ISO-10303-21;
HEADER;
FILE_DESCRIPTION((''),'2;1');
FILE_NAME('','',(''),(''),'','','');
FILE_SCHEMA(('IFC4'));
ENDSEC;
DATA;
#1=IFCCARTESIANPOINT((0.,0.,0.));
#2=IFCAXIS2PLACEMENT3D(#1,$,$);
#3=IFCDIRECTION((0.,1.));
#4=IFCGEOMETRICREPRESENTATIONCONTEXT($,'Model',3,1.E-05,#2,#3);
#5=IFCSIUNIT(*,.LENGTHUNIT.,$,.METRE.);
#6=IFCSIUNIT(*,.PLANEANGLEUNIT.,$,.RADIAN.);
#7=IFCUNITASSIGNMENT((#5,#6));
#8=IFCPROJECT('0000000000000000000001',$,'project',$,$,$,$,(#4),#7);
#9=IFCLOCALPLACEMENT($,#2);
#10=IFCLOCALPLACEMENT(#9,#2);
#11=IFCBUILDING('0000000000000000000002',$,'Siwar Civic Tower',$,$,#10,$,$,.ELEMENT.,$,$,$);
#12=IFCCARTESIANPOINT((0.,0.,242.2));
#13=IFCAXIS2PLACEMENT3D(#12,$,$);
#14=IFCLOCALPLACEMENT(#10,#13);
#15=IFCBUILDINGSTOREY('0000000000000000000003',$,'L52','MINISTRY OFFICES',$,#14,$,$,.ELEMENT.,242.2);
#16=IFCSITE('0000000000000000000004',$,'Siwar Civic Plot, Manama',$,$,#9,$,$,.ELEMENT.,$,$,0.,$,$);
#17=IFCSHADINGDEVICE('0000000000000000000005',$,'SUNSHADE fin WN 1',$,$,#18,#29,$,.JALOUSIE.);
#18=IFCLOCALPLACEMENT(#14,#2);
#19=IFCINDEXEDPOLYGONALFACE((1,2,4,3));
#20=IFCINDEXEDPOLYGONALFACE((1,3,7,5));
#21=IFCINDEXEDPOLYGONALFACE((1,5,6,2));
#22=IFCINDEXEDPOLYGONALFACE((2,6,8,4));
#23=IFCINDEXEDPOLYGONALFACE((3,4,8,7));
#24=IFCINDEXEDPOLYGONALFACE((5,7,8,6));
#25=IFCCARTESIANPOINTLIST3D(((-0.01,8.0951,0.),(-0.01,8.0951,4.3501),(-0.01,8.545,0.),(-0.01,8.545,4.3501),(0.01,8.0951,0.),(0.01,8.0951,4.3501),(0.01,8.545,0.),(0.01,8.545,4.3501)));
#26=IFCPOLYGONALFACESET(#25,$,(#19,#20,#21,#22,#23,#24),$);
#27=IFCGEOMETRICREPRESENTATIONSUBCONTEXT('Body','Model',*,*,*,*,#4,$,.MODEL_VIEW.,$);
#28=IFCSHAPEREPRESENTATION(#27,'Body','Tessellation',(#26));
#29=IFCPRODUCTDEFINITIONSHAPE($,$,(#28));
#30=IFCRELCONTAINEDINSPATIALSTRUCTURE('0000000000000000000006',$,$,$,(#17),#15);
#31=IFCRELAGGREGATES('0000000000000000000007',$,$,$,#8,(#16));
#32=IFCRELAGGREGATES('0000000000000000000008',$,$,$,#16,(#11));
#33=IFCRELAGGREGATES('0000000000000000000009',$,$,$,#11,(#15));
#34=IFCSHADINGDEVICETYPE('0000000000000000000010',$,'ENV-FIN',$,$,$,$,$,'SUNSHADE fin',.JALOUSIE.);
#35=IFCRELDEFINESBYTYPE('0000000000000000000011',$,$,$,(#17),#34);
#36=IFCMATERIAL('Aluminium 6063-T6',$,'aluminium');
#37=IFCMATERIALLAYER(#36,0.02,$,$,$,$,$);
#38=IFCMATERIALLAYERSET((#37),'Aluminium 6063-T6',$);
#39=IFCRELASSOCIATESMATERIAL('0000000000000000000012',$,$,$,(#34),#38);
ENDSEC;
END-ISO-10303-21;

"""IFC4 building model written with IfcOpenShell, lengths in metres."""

from ifc_helpers import new_model, si_unit, direction, frame, origin, origin_2d, place, context, subcontext, project, spatial, rectangle, extrude, material, layer, layer_set, type_object, element, save


model = new_model("IFC4")

# Units and contexts
model_context = context("Model", 3, precision=1e-05, world=origin(), true_north=direction((0.0, 1.0)))
body_context = subcontext(model_context, "Body", "Model", "MODEL_VIEW")
ifc_project = project(units=[si_unit("LENGTHUNIT", "METRE"), si_unit("PLANEANGLEUNIT", "RADIAN")], contexts=[model_context])

# Site, building, storey
site_placement = place(None, origin())
site = spatial("IfcSite", under=ifc_project, at=site_placement, Name="Siwar Civic Plot, Manama", CompositionType="ELEMENT", RefElevation=0.0)
building_placement = place(site_placement, origin())
building = spatial("IfcBuilding", under=site, at=building_placement, Name="Siwar Civic Tower", CompositionType="ELEMENT")
storey_placement = place(building_placement, frame((0.0, 0.0, 242.2)))
storey = spatial("IfcBuildingStorey", under=building, at=storey_placement, Name="L52", Description="MINISTRY OFFICES", CompositionType="ELEMENT", Elevation=242.2)

# Shading device
ifc_material_1 = material(Name="Aluminium 6063-T6", Category="aluminium")
ifc_layer_1 = layer(ifc_material_1, 0.02)
ifc_layer_set_1 = layer_set([ifc_layer_1], Name="Aluminium 6063-T6")
shading_device_type = type_object("IfcShadingDeviceType", Name="ENV-FIN", ElementType="SUNSHADE fin", PredefinedType="JALOUSIE", material=ifc_layer_set_1)
shading_device_placement = place(storey_placement, frame((0.0, 8.3201, 0.0), z_axis=(0.0, 0.0, 1.0), x_axis=(-1.0, 0.0, 0.0)))
element("IfcShadingDevice", 1, at=shading_device_placement, inside=storey, type_object=shading_device_type, Name="SUNSHADE fin WN 1", PredefinedType="JALOUSIE", context=body_context, shape_type="SweptSolid", body=[
    extrude(rectangle(XDim=0.02, YDim=0.45, at=origin_2d()), origin(), (0.0, 0.0, 1.0), 4.3501),
])

save(model, "model.ifc")
